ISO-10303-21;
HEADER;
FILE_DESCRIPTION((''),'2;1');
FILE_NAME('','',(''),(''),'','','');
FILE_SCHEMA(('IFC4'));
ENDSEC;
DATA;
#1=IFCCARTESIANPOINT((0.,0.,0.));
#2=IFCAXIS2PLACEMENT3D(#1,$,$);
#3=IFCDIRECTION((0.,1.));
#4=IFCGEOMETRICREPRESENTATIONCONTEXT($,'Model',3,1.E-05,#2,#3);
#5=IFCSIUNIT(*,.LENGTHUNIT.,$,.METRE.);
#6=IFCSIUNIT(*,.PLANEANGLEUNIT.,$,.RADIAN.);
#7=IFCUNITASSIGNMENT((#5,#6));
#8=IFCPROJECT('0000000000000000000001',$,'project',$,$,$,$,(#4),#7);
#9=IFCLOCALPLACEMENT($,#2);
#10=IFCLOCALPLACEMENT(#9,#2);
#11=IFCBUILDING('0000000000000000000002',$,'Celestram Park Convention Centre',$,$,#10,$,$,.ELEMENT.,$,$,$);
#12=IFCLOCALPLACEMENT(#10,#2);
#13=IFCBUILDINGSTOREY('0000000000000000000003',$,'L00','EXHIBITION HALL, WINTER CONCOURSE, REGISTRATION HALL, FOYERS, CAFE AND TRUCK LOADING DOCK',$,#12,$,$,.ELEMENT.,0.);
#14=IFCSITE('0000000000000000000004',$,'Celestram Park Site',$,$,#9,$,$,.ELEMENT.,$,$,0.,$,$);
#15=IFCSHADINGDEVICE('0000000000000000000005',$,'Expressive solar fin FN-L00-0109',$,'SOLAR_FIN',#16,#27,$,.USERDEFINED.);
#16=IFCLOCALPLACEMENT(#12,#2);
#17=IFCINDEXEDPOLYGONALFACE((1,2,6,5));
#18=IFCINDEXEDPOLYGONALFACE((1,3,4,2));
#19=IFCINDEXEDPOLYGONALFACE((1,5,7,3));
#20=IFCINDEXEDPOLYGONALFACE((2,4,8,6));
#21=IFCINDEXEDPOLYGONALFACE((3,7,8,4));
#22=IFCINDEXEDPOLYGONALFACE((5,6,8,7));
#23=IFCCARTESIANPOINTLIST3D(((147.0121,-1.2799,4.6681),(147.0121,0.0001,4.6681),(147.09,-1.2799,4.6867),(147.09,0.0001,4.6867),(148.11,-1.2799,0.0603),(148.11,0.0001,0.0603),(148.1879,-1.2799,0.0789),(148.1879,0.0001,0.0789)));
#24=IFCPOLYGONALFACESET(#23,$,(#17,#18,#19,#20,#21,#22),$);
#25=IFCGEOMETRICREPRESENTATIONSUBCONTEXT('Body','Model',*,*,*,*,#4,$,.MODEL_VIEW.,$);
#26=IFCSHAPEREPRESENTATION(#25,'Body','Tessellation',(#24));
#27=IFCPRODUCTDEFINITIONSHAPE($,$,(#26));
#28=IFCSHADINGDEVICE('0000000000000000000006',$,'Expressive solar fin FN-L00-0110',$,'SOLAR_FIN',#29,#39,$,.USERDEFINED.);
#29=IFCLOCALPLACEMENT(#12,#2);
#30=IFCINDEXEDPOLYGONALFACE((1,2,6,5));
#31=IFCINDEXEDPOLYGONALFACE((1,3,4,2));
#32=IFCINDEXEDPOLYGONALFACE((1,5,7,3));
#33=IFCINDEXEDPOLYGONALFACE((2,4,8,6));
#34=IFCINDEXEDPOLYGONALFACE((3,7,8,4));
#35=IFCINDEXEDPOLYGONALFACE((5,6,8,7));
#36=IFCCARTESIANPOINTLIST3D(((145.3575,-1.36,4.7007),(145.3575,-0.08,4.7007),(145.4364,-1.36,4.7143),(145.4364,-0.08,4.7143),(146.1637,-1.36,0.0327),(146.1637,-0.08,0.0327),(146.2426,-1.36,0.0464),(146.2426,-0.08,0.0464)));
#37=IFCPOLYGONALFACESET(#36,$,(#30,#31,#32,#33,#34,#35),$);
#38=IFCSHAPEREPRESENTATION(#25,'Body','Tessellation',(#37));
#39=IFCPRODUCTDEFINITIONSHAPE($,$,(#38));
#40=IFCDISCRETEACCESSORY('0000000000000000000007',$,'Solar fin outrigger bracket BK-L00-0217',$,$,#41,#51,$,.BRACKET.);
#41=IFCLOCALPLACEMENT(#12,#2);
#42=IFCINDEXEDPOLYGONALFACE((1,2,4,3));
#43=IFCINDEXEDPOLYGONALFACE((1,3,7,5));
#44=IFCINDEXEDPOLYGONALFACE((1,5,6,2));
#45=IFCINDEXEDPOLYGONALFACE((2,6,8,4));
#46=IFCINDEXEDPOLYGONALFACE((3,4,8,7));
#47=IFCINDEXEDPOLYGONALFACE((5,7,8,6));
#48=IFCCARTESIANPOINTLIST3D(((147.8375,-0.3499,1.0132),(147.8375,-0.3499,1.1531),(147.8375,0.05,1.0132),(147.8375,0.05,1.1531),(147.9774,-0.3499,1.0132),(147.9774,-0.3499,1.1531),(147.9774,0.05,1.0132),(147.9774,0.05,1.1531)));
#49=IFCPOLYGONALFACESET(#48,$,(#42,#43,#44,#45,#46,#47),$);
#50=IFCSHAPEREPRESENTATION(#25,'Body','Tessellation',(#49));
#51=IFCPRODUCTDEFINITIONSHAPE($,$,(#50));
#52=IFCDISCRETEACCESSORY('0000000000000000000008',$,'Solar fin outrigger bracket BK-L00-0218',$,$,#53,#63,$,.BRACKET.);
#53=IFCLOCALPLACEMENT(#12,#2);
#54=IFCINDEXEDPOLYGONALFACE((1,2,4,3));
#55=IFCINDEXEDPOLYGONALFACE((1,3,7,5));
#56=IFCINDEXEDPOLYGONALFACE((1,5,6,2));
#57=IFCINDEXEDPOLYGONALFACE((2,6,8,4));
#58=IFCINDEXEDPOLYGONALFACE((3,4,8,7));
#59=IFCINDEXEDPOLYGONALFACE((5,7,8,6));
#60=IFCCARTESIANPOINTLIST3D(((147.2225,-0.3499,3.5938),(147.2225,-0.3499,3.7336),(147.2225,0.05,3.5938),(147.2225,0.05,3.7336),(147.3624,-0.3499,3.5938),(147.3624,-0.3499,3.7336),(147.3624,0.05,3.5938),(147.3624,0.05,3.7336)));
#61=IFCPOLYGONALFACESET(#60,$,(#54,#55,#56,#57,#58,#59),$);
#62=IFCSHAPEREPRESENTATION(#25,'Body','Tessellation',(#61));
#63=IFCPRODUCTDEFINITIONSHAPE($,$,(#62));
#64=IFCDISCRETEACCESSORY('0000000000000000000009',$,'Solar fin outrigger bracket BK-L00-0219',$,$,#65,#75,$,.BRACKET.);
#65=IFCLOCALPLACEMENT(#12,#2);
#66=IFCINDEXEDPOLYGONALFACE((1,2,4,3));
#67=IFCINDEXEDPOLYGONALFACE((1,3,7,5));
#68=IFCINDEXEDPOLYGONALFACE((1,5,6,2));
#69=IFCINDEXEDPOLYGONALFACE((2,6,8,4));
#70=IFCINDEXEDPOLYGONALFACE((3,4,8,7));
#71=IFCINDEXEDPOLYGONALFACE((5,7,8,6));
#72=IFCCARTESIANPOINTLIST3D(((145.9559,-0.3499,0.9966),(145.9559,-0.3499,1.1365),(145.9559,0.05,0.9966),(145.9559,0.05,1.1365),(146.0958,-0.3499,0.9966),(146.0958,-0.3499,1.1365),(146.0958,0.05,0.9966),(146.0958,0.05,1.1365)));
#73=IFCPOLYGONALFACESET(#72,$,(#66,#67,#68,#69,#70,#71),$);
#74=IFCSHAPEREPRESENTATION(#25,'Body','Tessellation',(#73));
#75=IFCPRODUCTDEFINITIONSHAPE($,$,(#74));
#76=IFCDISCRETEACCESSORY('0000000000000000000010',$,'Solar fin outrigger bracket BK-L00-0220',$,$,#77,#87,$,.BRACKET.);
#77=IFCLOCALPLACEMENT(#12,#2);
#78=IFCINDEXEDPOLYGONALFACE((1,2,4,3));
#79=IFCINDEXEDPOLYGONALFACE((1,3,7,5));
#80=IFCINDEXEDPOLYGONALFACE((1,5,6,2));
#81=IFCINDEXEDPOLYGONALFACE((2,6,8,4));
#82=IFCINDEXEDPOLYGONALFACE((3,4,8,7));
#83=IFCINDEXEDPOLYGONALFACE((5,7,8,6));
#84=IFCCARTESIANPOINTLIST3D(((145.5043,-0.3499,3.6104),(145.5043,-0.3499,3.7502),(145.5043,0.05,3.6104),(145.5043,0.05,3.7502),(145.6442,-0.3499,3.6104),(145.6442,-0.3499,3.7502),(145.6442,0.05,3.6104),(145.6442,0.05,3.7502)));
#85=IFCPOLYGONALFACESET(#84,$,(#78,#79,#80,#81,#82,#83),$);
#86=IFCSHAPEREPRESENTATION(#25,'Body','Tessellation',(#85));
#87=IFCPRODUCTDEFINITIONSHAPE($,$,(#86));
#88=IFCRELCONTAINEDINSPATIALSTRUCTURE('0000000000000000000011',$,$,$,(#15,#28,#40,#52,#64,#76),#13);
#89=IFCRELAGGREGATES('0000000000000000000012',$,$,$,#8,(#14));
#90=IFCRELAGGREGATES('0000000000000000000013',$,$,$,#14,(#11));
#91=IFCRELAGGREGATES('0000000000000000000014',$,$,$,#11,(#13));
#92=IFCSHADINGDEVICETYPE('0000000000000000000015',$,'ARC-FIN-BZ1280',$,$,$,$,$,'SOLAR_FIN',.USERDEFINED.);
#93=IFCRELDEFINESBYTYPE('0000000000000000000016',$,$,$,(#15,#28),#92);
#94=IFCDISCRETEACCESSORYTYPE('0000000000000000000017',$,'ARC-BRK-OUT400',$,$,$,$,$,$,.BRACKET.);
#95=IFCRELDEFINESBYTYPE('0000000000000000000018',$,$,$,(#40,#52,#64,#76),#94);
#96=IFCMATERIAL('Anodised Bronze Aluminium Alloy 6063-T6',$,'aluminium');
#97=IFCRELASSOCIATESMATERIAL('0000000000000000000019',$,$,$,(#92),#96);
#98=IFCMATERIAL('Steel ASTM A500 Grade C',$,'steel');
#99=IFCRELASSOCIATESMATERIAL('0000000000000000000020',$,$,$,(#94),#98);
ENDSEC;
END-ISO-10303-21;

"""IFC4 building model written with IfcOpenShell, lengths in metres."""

from ifc_helpers import new_model, si_unit, direction, frame, origin, origin_2d, place, context, subcontext, project, spatial, rectangle, extrude, material, material_profile, profile_set, type_object, element, save


model = new_model("IFC4")

# Units and contexts
model_context = context("Model", 3, precision=1e-05, world=origin(), true_north=direction((0.0, 1.0)))
body_context = subcontext(model_context, "Body", "Model", "MODEL_VIEW")
ifc_project = project(units=[si_unit("LENGTHUNIT", "METRE"), si_unit("PLANEANGLEUNIT", "RADIAN")], contexts=[model_context])

# Site, building, storey
site_placement = place(None, origin())
site = spatial("IfcSite", under=ifc_project, at=site_placement, Name="Celestram Park Site", CompositionType="ELEMENT", RefElevation=0.0)
building_placement = place(site_placement, origin())
building = spatial("IfcBuilding", under=site, at=building_placement, Name="Celestram Park Convention Centre", CompositionType="ELEMENT")
storey_placement = place(building_placement, origin())
storey = spatial("IfcBuildingStorey", under=building, at=storey_placement, Name="L00", Description="EXHIBITION HALL, WINTER CONCOURSE, REGISTRATION HALL, FOYERS, CAFE AND TRUCK LOADING DOCK", CompositionType="ELEMENT", Elevation=0.0)

# Shared definitions
ifc_material_1 = material(Name="Steel ASTM A500 Grade C", Category="steel")

# Shading devices
ifc_material_2 = material(Name="Anodised Bronze Aluminium Alloy 6063-T6", Category="aluminium")
ifc_material_profile_1 = material_profile(ifc_material_2, rectangle(XDim=1.28, YDim=0.0801, at=origin_2d()), Name="FIN1280X80")
ifc_profile_set_1 = profile_set([ifc_material_profile_1], Name="Anodised Bronze Aluminium Alloy 6063-T6")
shading_device_type = type_object("IfcShadingDeviceType", Name="ARC-FIN-BZ1280", ElementType="SOLAR_FIN", PredefinedType="USERDEFINED", material=ifc_profile_set_1)
shading_device_1_placement = place(storey_placement, frame((148.1489, -0.6399, 0.0696), z_axis=(-0.231776, 0.0, 0.972769), x_axis=(0.0, -1.0, 0.0)))
element("IfcShadingDevice", 1, at=shading_device_1_placement, inside=storey, type_object=shading_device_type, Name="Expressive solar fin FN-L00-0109", ObjectType="SOLAR_FIN", PredefinedType="USERDEFINED", context=body_context, shape_type="SweptSolid", body=[
    extrude(rectangle(XDim=1.28, YDim=0.0801, at=origin_2d()), origin(), (0.0, 0.0, 1.0), 4.7368),
])
shading_device_2_placement = place(storey_placement, frame((146.2031, -0.72, 0.0396), z_axis=(-0.17018, 0.0, 0.985413), x_axis=(0.0, -1.0, 0.0)))
element("IfcShadingDevice", 2, at=shading_device_2_placement, inside=storey, type_object=shading_device_type, Name="Expressive solar fin FN-L00-0110", ObjectType="SOLAR_FIN", PredefinedType="USERDEFINED", context=body_context, shape_type="SweptSolid", body=[
    extrude(rectangle(XDim=1.28, YDim=0.0801, at=origin_2d()), origin(), (0.0, 0.0, 1.0), 4.7371),
])

# Discrete accessories
discrete_accessory_type = type_object("IfcDiscreteAccessoryType", Name="ARC-BRK-OUT400", PredefinedType="BRACKET", material=ifc_material_1)
for number, where, z_axis, x_axis, name in (
    (3, (147.9075, -0.1499, 1.0132), (0.0, 0.0, 1.0), (0.0, -1.0, 0.0), "Solar fin outrigger bracket BK-L00-0217"),
    (4, (147.2925, -0.1499, 3.5938), (0.0, 0.0, 1.0), (0.0, -1.0, 0.0), "Solar fin outrigger bracket BK-L00-0218"),
    (5, (146.0259, -0.1499, 0.9966), (0.0, 0.0, 1.0), (0.0, -1.0, 0.0), "Solar fin outrigger bracket BK-L00-0219"),
    (6, (145.5742, -0.1499, 3.6104), (0.0, 0.0, 1.0), (0.0, -1.0, 0.0), "Solar fin outrigger bracket BK-L00-0220"),
):
    element("IfcDiscreteAccessory", number, at=place(storey_placement, frame(where, z_axis=z_axis, x_axis=x_axis)), inside=storey, type_object=discrete_accessory_type, Name=name, PredefinedType="BRACKET", context=body_context, shape_type="SweptSolid", body=[
        extrude(rectangle(XDim=0.3999, YDim=0.1399, at=origin_2d()), origin(), (0.0, 0.0, 1.0), 0.1399),
    ])

save(model, "model.ifc")
